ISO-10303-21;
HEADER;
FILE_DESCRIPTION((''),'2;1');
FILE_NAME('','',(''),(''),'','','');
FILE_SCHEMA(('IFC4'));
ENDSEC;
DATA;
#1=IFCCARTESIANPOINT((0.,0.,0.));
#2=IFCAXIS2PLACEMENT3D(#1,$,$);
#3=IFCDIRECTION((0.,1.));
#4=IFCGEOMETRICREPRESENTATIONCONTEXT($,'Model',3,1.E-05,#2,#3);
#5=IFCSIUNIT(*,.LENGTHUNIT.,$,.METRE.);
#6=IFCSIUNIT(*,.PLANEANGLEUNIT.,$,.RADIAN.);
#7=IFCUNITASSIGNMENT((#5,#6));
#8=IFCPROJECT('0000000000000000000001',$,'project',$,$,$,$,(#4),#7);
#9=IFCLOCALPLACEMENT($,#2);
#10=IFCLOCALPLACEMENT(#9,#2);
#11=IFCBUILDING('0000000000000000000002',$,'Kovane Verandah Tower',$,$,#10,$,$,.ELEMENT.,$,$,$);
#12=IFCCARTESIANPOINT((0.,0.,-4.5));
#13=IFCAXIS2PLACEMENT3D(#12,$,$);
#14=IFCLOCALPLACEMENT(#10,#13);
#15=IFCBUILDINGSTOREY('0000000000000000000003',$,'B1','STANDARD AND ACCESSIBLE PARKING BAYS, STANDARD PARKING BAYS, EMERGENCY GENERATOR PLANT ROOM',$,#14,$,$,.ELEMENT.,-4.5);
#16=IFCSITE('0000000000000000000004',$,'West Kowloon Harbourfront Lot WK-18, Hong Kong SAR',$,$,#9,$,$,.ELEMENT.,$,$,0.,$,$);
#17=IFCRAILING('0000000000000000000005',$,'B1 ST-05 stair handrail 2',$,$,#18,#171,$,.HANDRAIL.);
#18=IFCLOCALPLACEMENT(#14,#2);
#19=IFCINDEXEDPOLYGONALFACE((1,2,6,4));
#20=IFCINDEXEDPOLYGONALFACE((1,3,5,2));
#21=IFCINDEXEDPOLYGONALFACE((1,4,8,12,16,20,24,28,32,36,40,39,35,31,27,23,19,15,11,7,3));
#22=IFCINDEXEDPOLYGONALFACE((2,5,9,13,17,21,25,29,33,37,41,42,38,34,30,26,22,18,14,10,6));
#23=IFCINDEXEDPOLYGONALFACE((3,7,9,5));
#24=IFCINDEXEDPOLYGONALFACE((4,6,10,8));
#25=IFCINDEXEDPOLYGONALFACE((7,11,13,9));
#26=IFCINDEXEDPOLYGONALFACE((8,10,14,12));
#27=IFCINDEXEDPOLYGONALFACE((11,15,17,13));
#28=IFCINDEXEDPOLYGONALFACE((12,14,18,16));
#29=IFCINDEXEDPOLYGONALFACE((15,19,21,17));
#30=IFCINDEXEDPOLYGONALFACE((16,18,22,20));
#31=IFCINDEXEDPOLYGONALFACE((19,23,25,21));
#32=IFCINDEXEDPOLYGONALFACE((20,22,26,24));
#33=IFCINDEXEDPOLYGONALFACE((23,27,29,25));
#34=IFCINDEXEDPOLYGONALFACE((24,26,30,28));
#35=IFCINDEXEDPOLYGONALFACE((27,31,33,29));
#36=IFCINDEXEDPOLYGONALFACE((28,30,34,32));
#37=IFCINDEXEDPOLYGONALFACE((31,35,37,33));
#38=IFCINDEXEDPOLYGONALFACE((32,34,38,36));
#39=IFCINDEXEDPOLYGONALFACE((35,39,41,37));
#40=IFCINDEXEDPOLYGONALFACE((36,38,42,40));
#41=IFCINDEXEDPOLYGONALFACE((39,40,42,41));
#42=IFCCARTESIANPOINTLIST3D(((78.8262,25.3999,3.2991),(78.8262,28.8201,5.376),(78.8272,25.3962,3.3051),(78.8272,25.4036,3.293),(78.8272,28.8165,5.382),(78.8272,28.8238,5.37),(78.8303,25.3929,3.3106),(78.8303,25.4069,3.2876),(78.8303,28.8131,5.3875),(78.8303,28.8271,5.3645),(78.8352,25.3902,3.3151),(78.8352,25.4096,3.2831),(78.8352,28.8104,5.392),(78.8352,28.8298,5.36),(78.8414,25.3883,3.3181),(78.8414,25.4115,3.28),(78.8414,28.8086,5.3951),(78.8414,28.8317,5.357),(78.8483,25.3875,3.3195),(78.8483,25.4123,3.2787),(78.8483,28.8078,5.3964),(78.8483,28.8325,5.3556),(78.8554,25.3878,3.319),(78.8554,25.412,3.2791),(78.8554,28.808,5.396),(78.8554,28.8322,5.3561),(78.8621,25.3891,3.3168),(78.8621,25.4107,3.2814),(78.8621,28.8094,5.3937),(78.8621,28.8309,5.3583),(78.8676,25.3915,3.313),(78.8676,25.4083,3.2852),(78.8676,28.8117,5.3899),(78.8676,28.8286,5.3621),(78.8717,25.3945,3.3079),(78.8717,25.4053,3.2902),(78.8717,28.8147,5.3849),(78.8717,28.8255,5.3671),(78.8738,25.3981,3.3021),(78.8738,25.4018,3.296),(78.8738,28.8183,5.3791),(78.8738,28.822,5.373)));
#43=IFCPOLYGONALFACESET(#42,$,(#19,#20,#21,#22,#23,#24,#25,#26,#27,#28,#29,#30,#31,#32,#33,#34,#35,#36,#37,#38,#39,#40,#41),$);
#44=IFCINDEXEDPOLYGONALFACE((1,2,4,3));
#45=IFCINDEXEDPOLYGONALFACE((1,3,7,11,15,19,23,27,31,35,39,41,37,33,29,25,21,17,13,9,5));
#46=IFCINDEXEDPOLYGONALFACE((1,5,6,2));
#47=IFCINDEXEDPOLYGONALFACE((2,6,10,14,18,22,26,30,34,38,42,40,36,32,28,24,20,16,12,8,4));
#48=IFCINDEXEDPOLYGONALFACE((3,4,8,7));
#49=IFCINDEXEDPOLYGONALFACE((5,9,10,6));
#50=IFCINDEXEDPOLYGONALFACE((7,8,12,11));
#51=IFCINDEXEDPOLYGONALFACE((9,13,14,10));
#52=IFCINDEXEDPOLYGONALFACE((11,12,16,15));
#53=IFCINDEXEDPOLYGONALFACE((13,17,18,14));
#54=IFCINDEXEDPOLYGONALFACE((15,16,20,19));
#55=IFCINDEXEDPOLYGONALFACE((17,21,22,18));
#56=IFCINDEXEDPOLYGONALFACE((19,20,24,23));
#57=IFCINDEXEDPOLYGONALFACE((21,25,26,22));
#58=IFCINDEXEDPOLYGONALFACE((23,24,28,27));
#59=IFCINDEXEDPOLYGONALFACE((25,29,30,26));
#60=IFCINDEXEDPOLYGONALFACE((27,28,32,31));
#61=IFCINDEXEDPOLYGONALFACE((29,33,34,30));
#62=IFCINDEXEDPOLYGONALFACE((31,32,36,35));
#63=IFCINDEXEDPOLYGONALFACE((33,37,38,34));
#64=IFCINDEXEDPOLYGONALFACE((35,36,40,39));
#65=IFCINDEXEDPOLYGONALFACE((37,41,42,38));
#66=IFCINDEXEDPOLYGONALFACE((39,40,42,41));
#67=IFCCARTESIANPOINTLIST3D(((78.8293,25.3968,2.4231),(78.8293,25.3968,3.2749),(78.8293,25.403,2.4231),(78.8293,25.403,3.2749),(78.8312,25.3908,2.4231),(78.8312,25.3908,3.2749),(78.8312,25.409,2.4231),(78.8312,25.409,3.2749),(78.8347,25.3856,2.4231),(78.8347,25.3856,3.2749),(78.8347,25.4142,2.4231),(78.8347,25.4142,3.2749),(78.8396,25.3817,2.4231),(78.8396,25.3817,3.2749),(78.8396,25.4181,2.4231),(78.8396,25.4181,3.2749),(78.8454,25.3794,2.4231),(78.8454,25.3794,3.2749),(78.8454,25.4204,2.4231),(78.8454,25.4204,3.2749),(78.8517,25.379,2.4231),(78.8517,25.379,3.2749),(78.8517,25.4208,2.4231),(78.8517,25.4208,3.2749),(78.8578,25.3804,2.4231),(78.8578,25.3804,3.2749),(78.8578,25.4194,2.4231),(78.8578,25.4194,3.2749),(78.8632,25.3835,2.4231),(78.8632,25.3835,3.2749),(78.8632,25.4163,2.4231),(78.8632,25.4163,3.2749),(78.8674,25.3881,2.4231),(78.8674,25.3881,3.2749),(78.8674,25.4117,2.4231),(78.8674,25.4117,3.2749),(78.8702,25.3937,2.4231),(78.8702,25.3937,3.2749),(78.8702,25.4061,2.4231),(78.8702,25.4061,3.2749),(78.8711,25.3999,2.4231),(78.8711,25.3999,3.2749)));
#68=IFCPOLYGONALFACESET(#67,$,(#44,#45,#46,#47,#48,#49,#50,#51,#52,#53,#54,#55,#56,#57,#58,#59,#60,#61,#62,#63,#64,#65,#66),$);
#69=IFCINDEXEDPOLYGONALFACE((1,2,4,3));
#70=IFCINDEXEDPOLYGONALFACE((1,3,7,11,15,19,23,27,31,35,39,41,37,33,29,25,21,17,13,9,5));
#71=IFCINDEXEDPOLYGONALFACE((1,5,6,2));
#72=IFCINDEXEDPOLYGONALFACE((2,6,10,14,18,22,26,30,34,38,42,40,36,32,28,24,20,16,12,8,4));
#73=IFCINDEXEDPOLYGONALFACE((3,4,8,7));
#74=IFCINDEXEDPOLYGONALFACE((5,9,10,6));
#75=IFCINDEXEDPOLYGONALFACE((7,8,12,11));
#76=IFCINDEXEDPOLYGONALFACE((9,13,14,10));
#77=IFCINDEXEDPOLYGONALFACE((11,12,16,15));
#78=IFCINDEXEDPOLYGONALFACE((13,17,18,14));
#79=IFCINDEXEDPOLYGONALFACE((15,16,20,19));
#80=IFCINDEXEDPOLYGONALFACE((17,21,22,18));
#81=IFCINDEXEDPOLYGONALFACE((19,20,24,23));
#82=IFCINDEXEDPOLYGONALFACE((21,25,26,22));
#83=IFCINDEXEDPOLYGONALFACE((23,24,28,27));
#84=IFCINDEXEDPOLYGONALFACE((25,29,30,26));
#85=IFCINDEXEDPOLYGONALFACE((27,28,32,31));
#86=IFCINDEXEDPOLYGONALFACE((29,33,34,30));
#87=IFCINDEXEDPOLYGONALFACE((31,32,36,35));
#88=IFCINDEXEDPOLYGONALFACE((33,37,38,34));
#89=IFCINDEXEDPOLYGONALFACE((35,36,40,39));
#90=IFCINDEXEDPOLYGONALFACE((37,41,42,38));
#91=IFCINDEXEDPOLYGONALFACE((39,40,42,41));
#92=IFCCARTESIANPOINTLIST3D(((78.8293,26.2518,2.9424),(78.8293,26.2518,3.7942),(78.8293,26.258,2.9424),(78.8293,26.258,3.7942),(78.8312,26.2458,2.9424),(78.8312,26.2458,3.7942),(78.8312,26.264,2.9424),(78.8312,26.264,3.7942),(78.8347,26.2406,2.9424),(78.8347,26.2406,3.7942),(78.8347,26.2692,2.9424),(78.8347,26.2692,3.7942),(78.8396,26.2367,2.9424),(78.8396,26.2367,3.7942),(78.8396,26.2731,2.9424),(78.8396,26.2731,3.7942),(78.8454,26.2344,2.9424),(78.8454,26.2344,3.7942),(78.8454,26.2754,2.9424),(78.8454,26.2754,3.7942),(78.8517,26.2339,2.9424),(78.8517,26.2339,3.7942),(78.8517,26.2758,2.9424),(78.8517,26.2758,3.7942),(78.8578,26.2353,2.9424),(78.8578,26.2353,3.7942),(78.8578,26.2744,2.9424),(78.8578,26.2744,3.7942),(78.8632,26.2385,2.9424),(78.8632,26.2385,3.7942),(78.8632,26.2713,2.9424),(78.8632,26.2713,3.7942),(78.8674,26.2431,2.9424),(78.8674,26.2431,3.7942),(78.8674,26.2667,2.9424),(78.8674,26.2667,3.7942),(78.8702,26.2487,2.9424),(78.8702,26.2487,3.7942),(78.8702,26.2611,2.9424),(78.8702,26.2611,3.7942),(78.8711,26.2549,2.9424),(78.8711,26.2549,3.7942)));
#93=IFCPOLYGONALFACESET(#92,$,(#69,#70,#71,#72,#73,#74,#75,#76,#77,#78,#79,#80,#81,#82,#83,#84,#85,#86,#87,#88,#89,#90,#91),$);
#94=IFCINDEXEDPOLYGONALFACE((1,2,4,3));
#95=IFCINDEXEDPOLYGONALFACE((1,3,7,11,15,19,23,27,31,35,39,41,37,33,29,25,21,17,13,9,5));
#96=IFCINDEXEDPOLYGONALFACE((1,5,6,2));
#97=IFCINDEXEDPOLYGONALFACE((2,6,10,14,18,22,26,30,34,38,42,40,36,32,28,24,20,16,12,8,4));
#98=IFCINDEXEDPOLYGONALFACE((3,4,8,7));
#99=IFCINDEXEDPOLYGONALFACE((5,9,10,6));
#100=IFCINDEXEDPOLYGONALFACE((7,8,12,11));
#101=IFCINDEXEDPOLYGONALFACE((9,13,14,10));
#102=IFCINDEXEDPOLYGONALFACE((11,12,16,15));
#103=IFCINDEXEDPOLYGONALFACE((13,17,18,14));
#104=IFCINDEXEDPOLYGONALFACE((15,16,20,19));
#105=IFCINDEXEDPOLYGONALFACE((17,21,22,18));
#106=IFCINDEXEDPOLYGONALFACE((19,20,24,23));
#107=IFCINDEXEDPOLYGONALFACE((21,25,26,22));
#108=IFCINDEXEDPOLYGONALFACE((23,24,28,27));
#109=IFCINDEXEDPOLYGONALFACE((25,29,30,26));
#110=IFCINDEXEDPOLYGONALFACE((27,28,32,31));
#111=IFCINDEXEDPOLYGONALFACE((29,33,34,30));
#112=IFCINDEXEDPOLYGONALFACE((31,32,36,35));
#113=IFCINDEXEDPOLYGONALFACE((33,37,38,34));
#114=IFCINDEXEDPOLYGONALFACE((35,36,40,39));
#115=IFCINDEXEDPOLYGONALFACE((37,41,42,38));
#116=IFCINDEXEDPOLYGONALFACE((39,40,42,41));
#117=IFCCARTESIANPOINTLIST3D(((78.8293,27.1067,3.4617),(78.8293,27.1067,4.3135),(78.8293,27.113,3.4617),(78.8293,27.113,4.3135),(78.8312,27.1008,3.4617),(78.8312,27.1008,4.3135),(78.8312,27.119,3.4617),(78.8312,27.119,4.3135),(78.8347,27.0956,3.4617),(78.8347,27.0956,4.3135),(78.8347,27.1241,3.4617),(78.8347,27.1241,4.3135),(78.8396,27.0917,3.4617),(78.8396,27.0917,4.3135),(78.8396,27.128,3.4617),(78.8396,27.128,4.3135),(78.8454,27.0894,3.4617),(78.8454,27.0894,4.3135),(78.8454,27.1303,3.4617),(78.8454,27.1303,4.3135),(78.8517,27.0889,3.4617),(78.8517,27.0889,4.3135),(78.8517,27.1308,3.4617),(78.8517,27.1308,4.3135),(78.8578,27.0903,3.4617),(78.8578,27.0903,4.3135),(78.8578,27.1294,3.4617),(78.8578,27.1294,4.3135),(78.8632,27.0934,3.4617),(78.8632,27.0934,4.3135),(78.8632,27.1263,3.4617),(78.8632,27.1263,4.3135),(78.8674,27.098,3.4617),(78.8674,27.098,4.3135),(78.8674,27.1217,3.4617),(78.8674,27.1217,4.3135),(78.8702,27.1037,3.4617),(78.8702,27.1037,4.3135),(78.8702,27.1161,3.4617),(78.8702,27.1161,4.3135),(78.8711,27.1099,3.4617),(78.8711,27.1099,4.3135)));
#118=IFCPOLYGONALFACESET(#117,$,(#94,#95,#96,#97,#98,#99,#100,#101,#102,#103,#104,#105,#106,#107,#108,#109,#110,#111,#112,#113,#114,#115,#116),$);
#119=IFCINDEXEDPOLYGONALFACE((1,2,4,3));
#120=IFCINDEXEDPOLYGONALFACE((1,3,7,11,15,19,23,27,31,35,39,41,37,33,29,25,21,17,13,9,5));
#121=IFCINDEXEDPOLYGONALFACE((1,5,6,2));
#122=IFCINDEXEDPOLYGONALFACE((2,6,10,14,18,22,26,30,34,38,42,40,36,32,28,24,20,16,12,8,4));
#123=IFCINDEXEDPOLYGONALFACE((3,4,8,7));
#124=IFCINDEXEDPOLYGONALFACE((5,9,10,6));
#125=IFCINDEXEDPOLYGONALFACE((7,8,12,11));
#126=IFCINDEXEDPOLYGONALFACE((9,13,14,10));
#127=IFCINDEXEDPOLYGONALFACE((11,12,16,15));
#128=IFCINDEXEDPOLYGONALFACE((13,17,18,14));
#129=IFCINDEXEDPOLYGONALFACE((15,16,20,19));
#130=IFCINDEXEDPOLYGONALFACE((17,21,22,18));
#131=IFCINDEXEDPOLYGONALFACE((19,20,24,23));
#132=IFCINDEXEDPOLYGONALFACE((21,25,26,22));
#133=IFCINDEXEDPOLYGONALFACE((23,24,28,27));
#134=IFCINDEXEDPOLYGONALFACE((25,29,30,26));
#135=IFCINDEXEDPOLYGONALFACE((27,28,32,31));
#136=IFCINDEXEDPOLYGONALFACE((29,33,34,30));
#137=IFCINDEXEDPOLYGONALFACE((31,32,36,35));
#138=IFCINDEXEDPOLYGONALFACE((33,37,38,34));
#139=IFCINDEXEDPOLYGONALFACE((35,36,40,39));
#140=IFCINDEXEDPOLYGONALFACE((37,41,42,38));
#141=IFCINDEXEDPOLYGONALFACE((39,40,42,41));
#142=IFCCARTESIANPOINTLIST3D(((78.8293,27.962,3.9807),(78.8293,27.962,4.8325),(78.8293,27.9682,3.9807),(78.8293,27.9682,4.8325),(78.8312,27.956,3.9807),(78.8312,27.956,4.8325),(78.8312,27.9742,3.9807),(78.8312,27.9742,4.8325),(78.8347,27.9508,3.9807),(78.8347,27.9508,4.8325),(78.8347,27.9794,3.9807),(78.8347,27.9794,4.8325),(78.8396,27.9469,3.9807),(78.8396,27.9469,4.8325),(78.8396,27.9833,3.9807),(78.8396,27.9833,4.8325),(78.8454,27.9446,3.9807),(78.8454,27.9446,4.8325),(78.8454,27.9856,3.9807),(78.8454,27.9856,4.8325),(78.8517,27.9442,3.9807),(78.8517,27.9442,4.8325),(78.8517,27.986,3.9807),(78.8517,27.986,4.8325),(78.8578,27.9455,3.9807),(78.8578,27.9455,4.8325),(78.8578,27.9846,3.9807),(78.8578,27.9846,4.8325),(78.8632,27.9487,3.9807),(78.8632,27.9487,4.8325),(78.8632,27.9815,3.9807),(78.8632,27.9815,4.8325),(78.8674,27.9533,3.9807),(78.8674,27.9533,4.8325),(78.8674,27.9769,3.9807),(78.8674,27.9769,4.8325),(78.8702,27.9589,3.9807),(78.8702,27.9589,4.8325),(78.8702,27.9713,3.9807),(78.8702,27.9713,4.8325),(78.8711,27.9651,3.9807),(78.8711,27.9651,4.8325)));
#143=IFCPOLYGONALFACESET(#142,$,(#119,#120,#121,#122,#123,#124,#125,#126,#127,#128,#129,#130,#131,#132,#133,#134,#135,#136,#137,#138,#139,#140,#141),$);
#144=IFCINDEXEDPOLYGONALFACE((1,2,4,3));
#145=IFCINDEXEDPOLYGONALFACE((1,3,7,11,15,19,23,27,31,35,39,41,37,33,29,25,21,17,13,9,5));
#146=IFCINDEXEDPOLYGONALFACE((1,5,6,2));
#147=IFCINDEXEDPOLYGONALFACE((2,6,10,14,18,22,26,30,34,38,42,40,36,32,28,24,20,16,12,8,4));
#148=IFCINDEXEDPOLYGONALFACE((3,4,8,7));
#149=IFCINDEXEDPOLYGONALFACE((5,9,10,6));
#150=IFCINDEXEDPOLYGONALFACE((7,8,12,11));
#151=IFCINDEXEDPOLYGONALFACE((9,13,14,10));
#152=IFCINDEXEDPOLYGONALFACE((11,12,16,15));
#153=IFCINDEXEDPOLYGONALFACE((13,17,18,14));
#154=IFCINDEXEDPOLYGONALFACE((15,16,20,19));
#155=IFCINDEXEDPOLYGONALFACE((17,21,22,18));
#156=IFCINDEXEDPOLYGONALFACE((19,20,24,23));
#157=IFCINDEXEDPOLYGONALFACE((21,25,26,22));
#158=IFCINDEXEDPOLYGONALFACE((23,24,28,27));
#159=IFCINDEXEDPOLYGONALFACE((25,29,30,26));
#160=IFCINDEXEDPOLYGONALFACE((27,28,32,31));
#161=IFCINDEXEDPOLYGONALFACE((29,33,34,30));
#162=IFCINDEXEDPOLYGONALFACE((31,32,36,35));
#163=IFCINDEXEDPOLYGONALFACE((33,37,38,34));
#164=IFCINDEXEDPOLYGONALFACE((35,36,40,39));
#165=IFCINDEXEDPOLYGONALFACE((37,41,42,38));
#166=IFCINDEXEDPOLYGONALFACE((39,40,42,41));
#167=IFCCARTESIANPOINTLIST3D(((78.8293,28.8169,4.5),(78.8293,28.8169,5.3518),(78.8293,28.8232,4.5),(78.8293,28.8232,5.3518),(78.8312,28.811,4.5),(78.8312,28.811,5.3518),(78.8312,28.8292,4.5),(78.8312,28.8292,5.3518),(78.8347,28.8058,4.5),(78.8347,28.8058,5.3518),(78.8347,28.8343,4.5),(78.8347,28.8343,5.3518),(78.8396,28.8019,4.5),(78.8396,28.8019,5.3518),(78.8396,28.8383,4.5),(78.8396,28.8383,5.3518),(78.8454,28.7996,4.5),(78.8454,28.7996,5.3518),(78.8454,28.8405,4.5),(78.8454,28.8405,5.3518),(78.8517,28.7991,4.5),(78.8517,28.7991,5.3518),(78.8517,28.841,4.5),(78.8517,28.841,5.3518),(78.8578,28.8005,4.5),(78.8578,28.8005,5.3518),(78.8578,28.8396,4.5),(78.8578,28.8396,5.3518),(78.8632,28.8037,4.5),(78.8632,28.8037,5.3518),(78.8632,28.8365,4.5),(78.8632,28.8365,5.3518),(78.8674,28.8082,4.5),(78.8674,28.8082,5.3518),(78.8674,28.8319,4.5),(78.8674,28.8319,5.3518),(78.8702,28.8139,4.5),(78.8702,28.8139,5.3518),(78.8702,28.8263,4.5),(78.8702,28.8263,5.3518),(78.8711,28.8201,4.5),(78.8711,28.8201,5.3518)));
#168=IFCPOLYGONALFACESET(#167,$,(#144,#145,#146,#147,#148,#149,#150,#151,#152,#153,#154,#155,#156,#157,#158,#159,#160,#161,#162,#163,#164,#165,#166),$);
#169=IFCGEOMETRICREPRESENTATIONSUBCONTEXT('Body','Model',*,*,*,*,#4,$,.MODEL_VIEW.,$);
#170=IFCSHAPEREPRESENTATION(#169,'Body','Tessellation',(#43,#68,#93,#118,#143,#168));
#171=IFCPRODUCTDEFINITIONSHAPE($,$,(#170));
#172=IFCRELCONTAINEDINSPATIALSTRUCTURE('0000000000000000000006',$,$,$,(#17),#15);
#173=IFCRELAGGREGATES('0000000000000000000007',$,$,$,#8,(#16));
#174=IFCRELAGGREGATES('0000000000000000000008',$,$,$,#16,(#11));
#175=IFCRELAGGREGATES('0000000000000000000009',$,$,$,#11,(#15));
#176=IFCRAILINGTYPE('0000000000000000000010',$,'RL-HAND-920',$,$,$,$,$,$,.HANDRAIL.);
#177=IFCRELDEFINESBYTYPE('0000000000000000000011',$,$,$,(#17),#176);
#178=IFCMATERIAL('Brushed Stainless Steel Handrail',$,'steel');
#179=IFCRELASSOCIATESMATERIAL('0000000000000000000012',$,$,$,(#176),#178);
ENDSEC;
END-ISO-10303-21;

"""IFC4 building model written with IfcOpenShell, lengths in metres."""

from ifc_helpers import new_model, si_unit, direction, frame, origin, origin_2d, place, context, subcontext, project, spatial, circle, extrude, material, type_object, element, save


model = new_model("IFC4")

# Units and contexts
model_context = context("Model", 3, precision=1e-05, world=origin(), true_north=direction((0.0, 1.0)))
body_context = subcontext(model_context, "Body", "Model", "MODEL_VIEW")
ifc_project = project(units=[si_unit("LENGTHUNIT", "METRE"), si_unit("PLANEANGLEUNIT", "RADIAN")], contexts=[model_context])

# Site, building, storey
site_placement = place(None, origin())
site = spatial("IfcSite", under=ifc_project, at=site_placement, Name="West Kowloon Harbourfront Lot WK-18, Hong Kong SAR", CompositionType="ELEMENT", RefElevation=0.0)
building_placement = place(site_placement, origin())
building = spatial("IfcBuilding", under=site, at=building_placement, Name="Kovane Verandah Tower", CompositionType="ELEMENT")
storey_placement = place(building_placement, frame((0.0, 0.0, -4.5)))
storey = spatial("IfcBuildingStorey", under=building, at=storey_placement, Name="B1", Description="STANDARD AND ACCESSIBLE PARKING BAYS, STANDARD PARKING BAYS, EMERGENCY GENERATOR PLANT ROOM", CompositionType="ELEMENT", Elevation=-4.5)

# Railing
ifc_material_1 = material(Name="Brushed Stainless Steel Handrail", Category="steel")
railing_type_1 = type_object("IfcRailingType", Name="RL-HAND-920", PredefinedType="HANDRAIL", material=ifc_material_1)
railing_1_placement = place(storey_placement, frame((78.8501, 25.3999, 2.4231)))
element("IfcRailing", 1, at=railing_1_placement, inside=storey, type_object=railing_type_1, Name="B1 ST-05 stair handrail 2", PredefinedType="HANDRAIL", context=body_context, shape_type="SweptSolid", body=[
    extrude(circle(Radius=0.0239, at=origin_2d()), frame((0.0, 0.0, 0.876), z_axis=(0.0, 0.854746, 0.519047), x_axis=(-1.0, 0.0, 0.0)), (0.0, 0.0, 1.0), 4.0015),
    extrude(circle(Radius=0.021, at=origin_2d()), origin(), (0.0, 0.0, 1.0), 0.8518),
    extrude(circle(Radius=0.021, at=origin_2d()), frame((0.0, 0.855, 0.5193)), (0.0, 0.0, 1.0), 0.8518),
    extrude(circle(Radius=0.021, at=origin_2d()), frame((0.0, 1.71, 1.0386)), (0.0, 0.0, 1.0), 0.8518),
    extrude(circle(Radius=0.021, at=origin_2d()), frame((0.0, 2.5652, 1.5576)), (0.0, 0.0, 1.0), 0.8518),
    extrude(circle(Radius=0.021, at=origin_2d()), frame((0.0, 3.4202, 2.0769)), (0.0, 0.0, 1.0), 0.8518),
])

save(model, "model.ifc")
